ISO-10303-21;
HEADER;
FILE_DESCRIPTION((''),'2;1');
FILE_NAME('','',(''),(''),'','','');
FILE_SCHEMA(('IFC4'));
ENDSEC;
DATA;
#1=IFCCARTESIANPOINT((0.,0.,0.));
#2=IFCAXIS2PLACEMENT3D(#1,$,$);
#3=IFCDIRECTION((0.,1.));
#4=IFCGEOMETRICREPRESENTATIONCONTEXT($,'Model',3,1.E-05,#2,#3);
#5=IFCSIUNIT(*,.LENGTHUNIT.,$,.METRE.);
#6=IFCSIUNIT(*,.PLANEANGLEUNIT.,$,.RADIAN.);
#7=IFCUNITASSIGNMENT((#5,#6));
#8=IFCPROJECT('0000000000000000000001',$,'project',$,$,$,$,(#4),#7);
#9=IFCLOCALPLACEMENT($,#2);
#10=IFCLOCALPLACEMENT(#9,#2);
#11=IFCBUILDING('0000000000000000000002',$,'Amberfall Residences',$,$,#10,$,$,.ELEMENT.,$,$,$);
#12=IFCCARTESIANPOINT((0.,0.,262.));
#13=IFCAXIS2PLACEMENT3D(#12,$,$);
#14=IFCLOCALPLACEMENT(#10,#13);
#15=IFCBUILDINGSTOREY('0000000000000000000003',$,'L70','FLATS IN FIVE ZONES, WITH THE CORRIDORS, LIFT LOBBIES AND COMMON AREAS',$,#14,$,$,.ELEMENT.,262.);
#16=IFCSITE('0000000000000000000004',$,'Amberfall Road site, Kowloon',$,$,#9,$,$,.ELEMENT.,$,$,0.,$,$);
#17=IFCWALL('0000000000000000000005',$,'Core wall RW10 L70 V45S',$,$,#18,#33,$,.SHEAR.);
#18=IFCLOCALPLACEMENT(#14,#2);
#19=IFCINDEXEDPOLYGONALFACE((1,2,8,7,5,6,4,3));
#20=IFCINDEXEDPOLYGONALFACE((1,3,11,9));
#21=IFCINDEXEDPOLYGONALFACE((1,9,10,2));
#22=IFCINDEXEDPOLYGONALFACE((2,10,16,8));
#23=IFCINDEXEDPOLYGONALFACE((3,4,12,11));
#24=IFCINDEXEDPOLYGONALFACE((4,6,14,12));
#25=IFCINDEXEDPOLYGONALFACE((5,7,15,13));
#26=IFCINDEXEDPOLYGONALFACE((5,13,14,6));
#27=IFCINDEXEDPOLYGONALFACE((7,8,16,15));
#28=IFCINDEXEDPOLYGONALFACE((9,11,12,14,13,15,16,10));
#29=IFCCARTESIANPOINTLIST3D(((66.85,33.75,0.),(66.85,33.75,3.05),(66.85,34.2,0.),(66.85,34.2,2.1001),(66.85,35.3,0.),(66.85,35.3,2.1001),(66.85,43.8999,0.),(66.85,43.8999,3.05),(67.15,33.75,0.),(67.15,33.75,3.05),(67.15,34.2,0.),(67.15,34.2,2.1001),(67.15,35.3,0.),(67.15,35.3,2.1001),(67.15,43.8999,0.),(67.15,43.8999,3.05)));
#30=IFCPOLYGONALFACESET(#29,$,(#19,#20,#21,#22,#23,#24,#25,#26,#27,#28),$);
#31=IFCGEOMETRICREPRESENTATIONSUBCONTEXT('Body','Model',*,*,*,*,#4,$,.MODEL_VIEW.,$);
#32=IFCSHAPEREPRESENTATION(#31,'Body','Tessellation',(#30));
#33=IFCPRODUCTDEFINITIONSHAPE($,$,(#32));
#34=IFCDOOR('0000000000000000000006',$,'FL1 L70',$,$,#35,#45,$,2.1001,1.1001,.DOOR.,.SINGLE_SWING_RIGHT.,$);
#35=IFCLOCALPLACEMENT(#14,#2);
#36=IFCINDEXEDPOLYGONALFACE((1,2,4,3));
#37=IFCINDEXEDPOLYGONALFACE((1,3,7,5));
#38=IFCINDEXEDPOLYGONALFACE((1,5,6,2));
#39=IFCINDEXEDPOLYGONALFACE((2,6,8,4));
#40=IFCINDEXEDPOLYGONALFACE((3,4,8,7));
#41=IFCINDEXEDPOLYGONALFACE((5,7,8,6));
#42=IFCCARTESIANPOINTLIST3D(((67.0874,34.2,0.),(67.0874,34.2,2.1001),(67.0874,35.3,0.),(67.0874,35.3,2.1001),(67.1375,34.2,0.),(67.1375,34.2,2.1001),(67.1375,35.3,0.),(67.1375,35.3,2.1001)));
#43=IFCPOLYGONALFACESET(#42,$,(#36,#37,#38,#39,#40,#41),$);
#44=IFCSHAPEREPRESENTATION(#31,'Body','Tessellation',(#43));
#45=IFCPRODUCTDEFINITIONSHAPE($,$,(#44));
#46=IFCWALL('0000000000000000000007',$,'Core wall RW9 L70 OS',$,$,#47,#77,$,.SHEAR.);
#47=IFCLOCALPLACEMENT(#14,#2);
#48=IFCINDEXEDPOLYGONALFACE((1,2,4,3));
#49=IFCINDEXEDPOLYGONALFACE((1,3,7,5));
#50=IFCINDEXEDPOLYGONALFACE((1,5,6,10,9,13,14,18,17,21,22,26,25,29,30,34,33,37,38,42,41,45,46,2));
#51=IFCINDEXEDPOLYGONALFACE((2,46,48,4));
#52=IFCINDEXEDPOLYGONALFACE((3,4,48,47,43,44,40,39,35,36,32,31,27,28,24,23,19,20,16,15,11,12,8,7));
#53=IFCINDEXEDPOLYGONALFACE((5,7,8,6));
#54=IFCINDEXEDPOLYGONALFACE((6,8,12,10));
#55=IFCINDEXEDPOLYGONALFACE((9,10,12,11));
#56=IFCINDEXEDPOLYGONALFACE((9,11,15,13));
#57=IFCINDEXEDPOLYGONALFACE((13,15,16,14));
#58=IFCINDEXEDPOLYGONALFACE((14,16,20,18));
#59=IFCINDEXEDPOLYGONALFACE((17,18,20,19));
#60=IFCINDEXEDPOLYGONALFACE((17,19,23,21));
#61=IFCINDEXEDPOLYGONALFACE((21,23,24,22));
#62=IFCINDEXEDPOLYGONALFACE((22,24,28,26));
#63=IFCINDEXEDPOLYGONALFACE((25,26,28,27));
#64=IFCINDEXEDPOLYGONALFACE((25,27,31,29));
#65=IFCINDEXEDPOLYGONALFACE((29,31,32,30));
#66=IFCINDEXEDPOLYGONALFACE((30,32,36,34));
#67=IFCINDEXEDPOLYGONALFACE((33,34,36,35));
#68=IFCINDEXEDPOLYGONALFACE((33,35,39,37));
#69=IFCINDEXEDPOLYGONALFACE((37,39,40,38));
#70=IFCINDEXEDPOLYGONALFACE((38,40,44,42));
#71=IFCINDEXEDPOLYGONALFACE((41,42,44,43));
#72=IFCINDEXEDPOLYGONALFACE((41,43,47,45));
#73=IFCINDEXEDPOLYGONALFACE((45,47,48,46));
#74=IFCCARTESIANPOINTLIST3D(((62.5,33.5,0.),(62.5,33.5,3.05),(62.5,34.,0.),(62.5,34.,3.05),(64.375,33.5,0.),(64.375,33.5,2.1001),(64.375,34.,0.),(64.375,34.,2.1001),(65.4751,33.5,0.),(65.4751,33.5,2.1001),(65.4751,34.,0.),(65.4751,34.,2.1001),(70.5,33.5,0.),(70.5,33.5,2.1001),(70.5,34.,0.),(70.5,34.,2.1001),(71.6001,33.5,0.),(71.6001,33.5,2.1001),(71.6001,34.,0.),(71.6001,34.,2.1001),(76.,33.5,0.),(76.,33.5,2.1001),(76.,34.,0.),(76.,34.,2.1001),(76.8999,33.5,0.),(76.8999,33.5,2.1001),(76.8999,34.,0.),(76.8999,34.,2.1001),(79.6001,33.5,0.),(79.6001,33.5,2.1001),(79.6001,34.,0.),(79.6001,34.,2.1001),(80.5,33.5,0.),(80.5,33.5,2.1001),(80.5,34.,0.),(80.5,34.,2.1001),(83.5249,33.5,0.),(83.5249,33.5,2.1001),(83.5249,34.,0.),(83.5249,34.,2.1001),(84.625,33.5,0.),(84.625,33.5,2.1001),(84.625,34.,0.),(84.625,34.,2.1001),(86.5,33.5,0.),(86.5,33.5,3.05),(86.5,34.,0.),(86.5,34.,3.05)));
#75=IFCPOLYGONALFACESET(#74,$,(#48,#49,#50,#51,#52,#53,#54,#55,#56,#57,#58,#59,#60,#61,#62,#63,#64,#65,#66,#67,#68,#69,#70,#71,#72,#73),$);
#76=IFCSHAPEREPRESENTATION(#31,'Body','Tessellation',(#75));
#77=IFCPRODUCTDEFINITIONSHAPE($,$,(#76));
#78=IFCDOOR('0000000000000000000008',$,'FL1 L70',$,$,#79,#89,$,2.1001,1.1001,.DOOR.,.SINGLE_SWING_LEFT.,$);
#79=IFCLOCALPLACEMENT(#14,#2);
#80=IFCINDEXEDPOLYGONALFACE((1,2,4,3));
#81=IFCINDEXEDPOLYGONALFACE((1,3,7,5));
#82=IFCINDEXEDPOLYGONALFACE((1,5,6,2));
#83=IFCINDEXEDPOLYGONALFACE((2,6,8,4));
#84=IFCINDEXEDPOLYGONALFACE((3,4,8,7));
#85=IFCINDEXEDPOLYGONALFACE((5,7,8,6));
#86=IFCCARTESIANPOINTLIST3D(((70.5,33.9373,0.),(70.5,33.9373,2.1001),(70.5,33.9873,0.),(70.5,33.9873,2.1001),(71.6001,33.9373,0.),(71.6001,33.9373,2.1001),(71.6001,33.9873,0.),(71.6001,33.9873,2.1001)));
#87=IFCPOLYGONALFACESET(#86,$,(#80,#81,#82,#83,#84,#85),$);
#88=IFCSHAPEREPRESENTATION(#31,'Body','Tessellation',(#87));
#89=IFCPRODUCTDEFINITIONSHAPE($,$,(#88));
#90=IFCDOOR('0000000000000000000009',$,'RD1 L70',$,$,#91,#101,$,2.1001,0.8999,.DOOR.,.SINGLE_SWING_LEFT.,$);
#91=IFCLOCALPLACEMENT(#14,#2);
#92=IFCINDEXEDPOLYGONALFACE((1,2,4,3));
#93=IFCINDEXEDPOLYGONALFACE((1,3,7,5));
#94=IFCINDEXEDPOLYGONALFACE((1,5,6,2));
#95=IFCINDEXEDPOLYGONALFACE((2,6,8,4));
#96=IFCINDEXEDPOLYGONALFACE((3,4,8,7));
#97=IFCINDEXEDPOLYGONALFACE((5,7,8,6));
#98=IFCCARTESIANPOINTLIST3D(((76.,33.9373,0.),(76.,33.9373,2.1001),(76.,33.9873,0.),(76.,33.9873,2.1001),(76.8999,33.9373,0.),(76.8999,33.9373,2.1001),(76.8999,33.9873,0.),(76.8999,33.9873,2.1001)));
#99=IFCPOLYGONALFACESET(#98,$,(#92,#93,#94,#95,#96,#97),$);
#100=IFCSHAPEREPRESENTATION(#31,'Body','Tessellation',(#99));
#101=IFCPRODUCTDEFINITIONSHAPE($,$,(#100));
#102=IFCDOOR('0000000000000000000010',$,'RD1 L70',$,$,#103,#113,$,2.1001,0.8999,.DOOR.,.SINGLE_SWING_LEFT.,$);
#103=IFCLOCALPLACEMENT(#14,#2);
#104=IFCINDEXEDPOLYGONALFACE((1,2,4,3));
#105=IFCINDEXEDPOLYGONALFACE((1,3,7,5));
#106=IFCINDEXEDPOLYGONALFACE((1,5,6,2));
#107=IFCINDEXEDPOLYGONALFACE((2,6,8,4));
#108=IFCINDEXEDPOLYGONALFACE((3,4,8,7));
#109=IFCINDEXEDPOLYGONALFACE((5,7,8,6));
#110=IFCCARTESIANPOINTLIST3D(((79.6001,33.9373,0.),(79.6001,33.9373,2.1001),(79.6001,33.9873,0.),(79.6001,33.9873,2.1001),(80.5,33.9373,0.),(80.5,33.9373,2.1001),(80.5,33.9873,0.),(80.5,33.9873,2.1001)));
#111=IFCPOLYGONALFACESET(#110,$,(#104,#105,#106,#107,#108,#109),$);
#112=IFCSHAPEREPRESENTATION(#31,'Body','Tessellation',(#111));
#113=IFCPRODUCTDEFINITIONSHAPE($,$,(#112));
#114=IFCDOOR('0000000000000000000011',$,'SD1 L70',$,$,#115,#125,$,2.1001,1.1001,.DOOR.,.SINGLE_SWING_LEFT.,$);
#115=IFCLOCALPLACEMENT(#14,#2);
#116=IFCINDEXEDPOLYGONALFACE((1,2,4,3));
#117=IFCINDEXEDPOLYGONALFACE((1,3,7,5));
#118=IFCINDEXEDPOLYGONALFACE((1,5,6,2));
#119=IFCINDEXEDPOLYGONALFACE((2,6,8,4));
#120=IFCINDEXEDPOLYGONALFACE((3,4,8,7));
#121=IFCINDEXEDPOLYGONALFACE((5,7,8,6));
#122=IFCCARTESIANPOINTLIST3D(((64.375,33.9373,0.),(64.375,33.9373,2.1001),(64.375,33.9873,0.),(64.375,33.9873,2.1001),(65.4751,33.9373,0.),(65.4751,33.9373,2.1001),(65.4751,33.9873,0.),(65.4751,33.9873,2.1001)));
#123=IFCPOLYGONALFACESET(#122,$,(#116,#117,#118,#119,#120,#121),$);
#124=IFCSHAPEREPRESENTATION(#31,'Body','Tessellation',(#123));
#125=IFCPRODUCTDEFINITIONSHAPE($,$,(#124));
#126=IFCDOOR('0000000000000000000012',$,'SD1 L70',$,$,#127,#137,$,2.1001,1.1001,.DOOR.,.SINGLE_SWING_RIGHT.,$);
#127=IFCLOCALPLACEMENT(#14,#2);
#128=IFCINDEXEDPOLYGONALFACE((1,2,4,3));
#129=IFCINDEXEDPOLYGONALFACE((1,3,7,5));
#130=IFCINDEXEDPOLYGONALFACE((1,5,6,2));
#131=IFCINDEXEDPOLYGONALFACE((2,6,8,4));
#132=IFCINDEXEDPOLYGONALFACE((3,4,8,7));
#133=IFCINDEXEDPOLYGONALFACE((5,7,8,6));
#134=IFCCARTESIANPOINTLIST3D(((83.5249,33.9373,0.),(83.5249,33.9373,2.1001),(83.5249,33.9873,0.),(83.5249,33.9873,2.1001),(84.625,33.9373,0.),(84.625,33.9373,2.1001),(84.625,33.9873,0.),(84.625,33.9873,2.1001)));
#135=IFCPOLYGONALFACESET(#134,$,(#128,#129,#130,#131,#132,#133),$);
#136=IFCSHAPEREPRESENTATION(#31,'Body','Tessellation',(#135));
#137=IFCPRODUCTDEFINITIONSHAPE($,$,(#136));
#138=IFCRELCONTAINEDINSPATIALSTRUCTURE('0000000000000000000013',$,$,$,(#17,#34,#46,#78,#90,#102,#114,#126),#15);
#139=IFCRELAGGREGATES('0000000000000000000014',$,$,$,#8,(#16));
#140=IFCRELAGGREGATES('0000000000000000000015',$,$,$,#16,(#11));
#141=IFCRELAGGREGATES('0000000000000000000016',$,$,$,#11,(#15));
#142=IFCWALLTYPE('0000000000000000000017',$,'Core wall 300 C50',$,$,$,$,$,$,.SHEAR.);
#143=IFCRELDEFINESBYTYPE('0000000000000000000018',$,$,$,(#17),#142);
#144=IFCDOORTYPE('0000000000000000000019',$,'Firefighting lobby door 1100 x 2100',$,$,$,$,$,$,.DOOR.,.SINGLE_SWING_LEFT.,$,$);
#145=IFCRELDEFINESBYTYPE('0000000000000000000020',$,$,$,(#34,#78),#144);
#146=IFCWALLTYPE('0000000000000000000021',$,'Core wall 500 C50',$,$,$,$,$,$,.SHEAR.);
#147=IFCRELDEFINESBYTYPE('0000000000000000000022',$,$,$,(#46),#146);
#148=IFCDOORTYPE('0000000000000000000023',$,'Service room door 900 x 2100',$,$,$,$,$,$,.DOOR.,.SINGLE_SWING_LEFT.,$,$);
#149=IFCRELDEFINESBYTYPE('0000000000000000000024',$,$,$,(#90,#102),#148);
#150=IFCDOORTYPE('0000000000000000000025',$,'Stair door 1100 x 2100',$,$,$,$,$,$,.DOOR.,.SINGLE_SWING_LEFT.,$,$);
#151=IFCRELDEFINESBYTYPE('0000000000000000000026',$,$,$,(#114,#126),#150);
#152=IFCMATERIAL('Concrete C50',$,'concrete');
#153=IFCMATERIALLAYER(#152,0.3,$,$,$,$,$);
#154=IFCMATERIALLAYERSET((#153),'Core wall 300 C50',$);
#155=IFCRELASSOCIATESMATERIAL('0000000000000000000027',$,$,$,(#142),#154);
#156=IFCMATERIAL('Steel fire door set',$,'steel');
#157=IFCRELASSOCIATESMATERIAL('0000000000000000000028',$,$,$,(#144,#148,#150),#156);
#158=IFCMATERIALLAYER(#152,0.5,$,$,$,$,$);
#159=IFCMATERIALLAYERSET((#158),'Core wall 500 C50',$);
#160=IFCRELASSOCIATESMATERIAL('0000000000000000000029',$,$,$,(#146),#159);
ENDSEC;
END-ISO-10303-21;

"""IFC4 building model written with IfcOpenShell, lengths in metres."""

from ifc_helpers import new_model, si_unit, direction, frame, frame_2d, origin, place, context, subcontext, project, spatial, rectangle, extrude, material, layer, layer_set, type_object, element, fill, save


model = new_model("IFC4")

# Units and contexts
model_context = context("Model", 3, precision=1e-05, world=origin(), true_north=direction((0.0, 1.0)))
body_context = subcontext(model_context, "Body", "Model", "MODEL_VIEW")
ifc_project = project(units=[si_unit("LENGTHUNIT", "METRE"), si_unit("PLANEANGLEUNIT", "RADIAN")], contexts=[model_context])

# Site, building, storey
site_placement = place(None, origin())
site = spatial("IfcSite", under=ifc_project, at=site_placement, Name="Amberfall Road site, Kowloon", CompositionType="ELEMENT", RefElevation=0.0)
building_placement = place(site_placement, origin())
building = spatial("IfcBuilding", under=site, at=building_placement, Name="Amberfall Residences", CompositionType="ELEMENT")
storey_placement = place(building_placement, frame((0.0, 0.0, 262.0)))
storey = spatial("IfcBuildingStorey", under=building, at=storey_placement, Name="L70", Description="FLATS IN FIVE ZONES, WITH THE CORRIDORS, LIFT LOBBIES AND COMMON AREAS", CompositionType="ELEMENT", Elevation=262.0)

# Wall, opening, door
ifc_material_1 = material(Name="Concrete C50", Category="concrete")
ifc_layer_1 = layer(ifc_material_1, 0.3)
ifc_layer_set_1 = layer_set([ifc_layer_1], Name="Core wall 300 C50")
wall_type_1 = type_object("IfcWallType", Name="Core wall 300 C50", PredefinedType="SHEAR", material=ifc_layer_set_1)
wall_1_placement = place(storey_placement, frame((67.0, 33.75, 0.0), z_axis=(0.0, 0.0, 1.0), x_axis=(0.0, 1.0, 0.0)))
wall_1 = element("IfcWall", 1, at=wall_1_placement, inside=storey, type_object=wall_type_1, Name="Core wall RW10 L70 V45S", PredefinedType="SHEAR", context=body_context, shape_type="SweptSolid", body=[
    extrude(rectangle(XDim=10.1499, YDim=0.3, at=frame_2d((5.075, 0.0))), origin(), (0.0, 0.0, 1.0), 3.05),
])
opening_1_placement = place(wall_1_placement, frame((0.45, 0.0, 0.0)))
opening_1 = element("IfcOpeningElement", 2, at=opening_1_placement, cuts=wall_1, PredefinedType="OPENING", context=body_context, shape_type="SweptSolid", body=[
    extrude(rectangle(XDim=1.1001, YDim=2.1001, at=frame_2d((0.55, 1.05))), frame((0.0, 0.1599, 0.0), z_axis=(0.0, -1.0, 0.0), x_axis=(1.0, 0.0, 0.0)), (0.0, 0.0, 1.0), 0.3201),
])
ifc_material_2 = material(Name="Steel fire door set", Category="steel")
door_type_1 = type_object("IfcDoorType", Name="Firefighting lobby door 1100 x 2100", OperationType="SINGLE_SWING_LEFT", PredefinedType="DOOR", material=ifc_material_2)
door_1_placement = place(opening_1_placement, origin())
door_1 = element("IfcDoor", 3, at=door_1_placement, inside=storey, type_object=door_type_1, Name="FL1 L70", OperationType="SINGLE_SWING_RIGHT", OverallHeight=2.1001, OverallWidth=1.1001, PredefinedType="DOOR", context=body_context, shape_type="SweptSolid", body=[
    extrude(rectangle(XDim=1.1001, YDim=2.1001, at=frame_2d((0.55, 1.05))), frame((0.0, -0.0874, 0.0), z_axis=(0.0, -1.0, 0.0), x_axis=(1.0, 0.0, 0.0)), (0.0, 0.0, 1.0), 0.05),
])
fill(opening_1, door_1)

# Wall, openings, doors
ifc_layer_2 = layer(ifc_material_1, 0.5)
ifc_layer_set_2 = layer_set([ifc_layer_2], Name="Core wall 500 C50")
wall_type_2 = type_object("IfcWallType", Name="Core wall 500 C50", PredefinedType="SHEAR", material=ifc_layer_set_2)
wall_2_placement = place(storey_placement, frame((62.5, 33.75, 0.0), z_axis=(0.0, 0.0, 1.0), x_axis=(1.0, 0.0, 0.0)))
wall_2 = element("IfcWall", 4, at=wall_2_placement, inside=storey, type_object=wall_type_2, Name="Core wall RW9 L70 OS", PredefinedType="SHEAR", context=body_context, shape_type="SweptSolid", body=[
    extrude(rectangle(XDim=24.0, YDim=0.5, at=frame_2d((12.0, 0.0))), origin(), (0.0, 0.0, 1.0), 3.05),
])
opening_2_placement = place(wall_2_placement, frame((1.875, 0.0, 0.0)))
opening_2 = element("IfcOpeningElement", 5, at=opening_2_placement, cuts=wall_2, PredefinedType="OPENING", context=body_context, shape_type="SweptSolid", body=[
    extrude(rectangle(XDim=1.1001, YDim=2.1001, at=frame_2d((0.55, 1.05))), frame((0.0, 0.26, 0.0), z_axis=(0.0, -1.0, 0.0), x_axis=(1.0, 0.0, 0.0)), (0.0, 0.0, 1.0), 0.52),
])
opening_3_placement = place(wall_2_placement, frame((21.0249, 0.0, 0.0)))
opening_3 = element("IfcOpeningElement", 6, at=opening_3_placement, cuts=wall_2, PredefinedType="OPENING", context=body_context, shape_type="SweptSolid", body=[
    extrude(rectangle(XDim=1.1001, YDim=2.1001, at=frame_2d((0.55, 1.05))), frame((0.0, 0.26, 0.0), z_axis=(0.0, -1.0, 0.0), x_axis=(1.0, 0.0, 0.0)), (0.0, 0.0, 1.0), 0.52),
])
opening_4_placement = place(wall_2_placement, frame((8.0, 0.0, 0.0)))
opening_4 = element("IfcOpeningElement", 7, at=opening_4_placement, cuts=wall_2, PredefinedType="OPENING", context=body_context, shape_type="SweptSolid", body=[
    extrude(rectangle(XDim=1.1001, YDim=2.1001, at=frame_2d((0.55, 1.05))), frame((0.0, 0.26, 0.0), z_axis=(0.0, -1.0, 0.0), x_axis=(1.0, 0.0, 0.0)), (0.0, 0.0, 1.0), 0.52),
])
opening_5_placement = place(wall_2_placement, frame((13.5, 0.0, 0.0)))
opening_5 = element("IfcOpeningElement", 8, at=opening_5_placement, cuts=wall_2, PredefinedType="OPENING", context=body_context, shape_type="SweptSolid", body=[
    extrude(rectangle(XDim=0.8999, YDim=2.1001, at=frame_2d((0.45, 1.05))), frame((0.0, 0.26, 0.0), z_axis=(0.0, -1.0, 0.0), x_axis=(1.0, 0.0, 0.0)), (0.0, 0.0, 1.0), 0.52),
])
opening_6_placement = place(wall_2_placement, frame((17.1001, 0.0, 0.0)))
opening_6 = element("IfcOpeningElement", 9, at=opening_6_placement, cuts=wall_2, PredefinedType="OPENING", context=body_context, shape_type="SweptSolid", body=[
    extrude(rectangle(XDim=0.8999, YDim=2.1001, at=frame_2d((0.45, 1.05))), frame((0.0, 0.26, 0.0), z_axis=(0.0, -1.0, 0.0), x_axis=(1.0, 0.0, 0.0)), (0.0, 0.0, 1.0), 0.52),
])
door_2_placement = place(opening_4_placement, origin())
door_2 = element("IfcDoor", 10, at=door_2_placement, inside=storey, type_object=door_type_1, Name="FL1 L70", OperationType="SINGLE_SWING_LEFT", OverallHeight=2.1001, OverallWidth=1.1001, PredefinedType="DOOR", context=body_context, shape_type="SweptSolid", body=[
    extrude(rectangle(XDim=1.1001, YDim=2.1001, at=frame_2d((0.55, 1.05))), frame((0.0, 0.2373, 0.0), z_axis=(0.0, -1.0, 0.0), x_axis=(1.0, 0.0, 0.0)), (0.0, 0.0, 1.0), 0.05),
])
fill(opening_4, door_2)
door_type_2 = type_object("IfcDoorType", Name="Service room door 900 x 2100", OperationType="SINGLE_SWING_LEFT", PredefinedType="DOOR", material=ifc_material_2)
door_3_placement = place(opening_5_placement, origin())
door_3 = element("IfcDoor", 11, at=door_3_placement, inside=storey, type_object=door_type_2, Name="RD1 L70", OperationType="SINGLE_SWING_LEFT", OverallHeight=2.1001, OverallWidth=0.8999, PredefinedType="DOOR", context=body_context, shape_type="SweptSolid", body=[
    extrude(rectangle(XDim=0.8999, YDim=2.1001, at=frame_2d((0.45, 1.05))), frame((0.0, 0.2373, 0.0), z_axis=(0.0, -1.0, 0.0), x_axis=(1.0, 0.0, 0.0)), (0.0, 0.0, 1.0), 0.05),
])
fill(opening_5, door_3)
door_4_placement = place(opening_6_placement, origin())
door_4 = element("IfcDoor", 12, at=door_4_placement, inside=storey, type_object=door_type_2, Name="RD1 L70", OperationType="SINGLE_SWING_LEFT", OverallHeight=2.1001, OverallWidth=0.8999, PredefinedType="DOOR", context=body_context, shape_type="SweptSolid", body=[
    extrude(rectangle(XDim=0.8999, YDim=2.1001, at=frame_2d((0.45, 1.05))), frame((0.0, 0.2373, 0.0), z_axis=(0.0, -1.0, 0.0), x_axis=(1.0, 0.0, 0.0)), (0.0, 0.0, 1.0), 0.05),
])
fill(opening_6, door_4)
door_type_3 = type_object("IfcDoorType", Name="Stair door 1100 x 2100", OperationType="SINGLE_SWING_LEFT", PredefinedType="DOOR", material=ifc_material_2)
door_5_placement = place(opening_2_placement, origin())
door_5 = element("IfcDoor", 13, at=door_5_placement, inside=storey, type_object=door_type_3, Name="SD1 L70", OperationType="SINGLE_SWING_LEFT", OverallHeight=2.1001, OverallWidth=1.1001, PredefinedType="DOOR", context=body_context, shape_type="SweptSolid", body=[
    extrude(rectangle(XDim=1.1001, YDim=2.1001, at=frame_2d((0.55, 1.05))), frame((0.0, 0.2373, 0.0), z_axis=(0.0, -1.0, 0.0), x_axis=(1.0, 0.0, 0.0)), (0.0, 0.0, 1.0), 0.05),
])
fill(opening_2, door_5)
door_6_placement = place(opening_3_placement, origin())
door_6 = element("IfcDoor", 14, at=door_6_placement, inside=storey, type_object=door_type_3, Name="SD1 L70", OperationType="SINGLE_SWING_RIGHT", OverallHeight=2.1001, OverallWidth=1.1001, PredefinedType="DOOR", context=body_context, shape_type="SweptSolid", body=[
    extrude(rectangle(XDim=1.1001, YDim=2.1001, at=frame_2d((0.55, 1.05))), frame((0.0, 0.2373, 0.0), z_axis=(0.0, -1.0, 0.0), x_axis=(1.0, 0.0, 0.0)), (0.0, 0.0, 1.0), 0.05),
])
fill(opening_3, door_6)

save(model, "model.ifc")
